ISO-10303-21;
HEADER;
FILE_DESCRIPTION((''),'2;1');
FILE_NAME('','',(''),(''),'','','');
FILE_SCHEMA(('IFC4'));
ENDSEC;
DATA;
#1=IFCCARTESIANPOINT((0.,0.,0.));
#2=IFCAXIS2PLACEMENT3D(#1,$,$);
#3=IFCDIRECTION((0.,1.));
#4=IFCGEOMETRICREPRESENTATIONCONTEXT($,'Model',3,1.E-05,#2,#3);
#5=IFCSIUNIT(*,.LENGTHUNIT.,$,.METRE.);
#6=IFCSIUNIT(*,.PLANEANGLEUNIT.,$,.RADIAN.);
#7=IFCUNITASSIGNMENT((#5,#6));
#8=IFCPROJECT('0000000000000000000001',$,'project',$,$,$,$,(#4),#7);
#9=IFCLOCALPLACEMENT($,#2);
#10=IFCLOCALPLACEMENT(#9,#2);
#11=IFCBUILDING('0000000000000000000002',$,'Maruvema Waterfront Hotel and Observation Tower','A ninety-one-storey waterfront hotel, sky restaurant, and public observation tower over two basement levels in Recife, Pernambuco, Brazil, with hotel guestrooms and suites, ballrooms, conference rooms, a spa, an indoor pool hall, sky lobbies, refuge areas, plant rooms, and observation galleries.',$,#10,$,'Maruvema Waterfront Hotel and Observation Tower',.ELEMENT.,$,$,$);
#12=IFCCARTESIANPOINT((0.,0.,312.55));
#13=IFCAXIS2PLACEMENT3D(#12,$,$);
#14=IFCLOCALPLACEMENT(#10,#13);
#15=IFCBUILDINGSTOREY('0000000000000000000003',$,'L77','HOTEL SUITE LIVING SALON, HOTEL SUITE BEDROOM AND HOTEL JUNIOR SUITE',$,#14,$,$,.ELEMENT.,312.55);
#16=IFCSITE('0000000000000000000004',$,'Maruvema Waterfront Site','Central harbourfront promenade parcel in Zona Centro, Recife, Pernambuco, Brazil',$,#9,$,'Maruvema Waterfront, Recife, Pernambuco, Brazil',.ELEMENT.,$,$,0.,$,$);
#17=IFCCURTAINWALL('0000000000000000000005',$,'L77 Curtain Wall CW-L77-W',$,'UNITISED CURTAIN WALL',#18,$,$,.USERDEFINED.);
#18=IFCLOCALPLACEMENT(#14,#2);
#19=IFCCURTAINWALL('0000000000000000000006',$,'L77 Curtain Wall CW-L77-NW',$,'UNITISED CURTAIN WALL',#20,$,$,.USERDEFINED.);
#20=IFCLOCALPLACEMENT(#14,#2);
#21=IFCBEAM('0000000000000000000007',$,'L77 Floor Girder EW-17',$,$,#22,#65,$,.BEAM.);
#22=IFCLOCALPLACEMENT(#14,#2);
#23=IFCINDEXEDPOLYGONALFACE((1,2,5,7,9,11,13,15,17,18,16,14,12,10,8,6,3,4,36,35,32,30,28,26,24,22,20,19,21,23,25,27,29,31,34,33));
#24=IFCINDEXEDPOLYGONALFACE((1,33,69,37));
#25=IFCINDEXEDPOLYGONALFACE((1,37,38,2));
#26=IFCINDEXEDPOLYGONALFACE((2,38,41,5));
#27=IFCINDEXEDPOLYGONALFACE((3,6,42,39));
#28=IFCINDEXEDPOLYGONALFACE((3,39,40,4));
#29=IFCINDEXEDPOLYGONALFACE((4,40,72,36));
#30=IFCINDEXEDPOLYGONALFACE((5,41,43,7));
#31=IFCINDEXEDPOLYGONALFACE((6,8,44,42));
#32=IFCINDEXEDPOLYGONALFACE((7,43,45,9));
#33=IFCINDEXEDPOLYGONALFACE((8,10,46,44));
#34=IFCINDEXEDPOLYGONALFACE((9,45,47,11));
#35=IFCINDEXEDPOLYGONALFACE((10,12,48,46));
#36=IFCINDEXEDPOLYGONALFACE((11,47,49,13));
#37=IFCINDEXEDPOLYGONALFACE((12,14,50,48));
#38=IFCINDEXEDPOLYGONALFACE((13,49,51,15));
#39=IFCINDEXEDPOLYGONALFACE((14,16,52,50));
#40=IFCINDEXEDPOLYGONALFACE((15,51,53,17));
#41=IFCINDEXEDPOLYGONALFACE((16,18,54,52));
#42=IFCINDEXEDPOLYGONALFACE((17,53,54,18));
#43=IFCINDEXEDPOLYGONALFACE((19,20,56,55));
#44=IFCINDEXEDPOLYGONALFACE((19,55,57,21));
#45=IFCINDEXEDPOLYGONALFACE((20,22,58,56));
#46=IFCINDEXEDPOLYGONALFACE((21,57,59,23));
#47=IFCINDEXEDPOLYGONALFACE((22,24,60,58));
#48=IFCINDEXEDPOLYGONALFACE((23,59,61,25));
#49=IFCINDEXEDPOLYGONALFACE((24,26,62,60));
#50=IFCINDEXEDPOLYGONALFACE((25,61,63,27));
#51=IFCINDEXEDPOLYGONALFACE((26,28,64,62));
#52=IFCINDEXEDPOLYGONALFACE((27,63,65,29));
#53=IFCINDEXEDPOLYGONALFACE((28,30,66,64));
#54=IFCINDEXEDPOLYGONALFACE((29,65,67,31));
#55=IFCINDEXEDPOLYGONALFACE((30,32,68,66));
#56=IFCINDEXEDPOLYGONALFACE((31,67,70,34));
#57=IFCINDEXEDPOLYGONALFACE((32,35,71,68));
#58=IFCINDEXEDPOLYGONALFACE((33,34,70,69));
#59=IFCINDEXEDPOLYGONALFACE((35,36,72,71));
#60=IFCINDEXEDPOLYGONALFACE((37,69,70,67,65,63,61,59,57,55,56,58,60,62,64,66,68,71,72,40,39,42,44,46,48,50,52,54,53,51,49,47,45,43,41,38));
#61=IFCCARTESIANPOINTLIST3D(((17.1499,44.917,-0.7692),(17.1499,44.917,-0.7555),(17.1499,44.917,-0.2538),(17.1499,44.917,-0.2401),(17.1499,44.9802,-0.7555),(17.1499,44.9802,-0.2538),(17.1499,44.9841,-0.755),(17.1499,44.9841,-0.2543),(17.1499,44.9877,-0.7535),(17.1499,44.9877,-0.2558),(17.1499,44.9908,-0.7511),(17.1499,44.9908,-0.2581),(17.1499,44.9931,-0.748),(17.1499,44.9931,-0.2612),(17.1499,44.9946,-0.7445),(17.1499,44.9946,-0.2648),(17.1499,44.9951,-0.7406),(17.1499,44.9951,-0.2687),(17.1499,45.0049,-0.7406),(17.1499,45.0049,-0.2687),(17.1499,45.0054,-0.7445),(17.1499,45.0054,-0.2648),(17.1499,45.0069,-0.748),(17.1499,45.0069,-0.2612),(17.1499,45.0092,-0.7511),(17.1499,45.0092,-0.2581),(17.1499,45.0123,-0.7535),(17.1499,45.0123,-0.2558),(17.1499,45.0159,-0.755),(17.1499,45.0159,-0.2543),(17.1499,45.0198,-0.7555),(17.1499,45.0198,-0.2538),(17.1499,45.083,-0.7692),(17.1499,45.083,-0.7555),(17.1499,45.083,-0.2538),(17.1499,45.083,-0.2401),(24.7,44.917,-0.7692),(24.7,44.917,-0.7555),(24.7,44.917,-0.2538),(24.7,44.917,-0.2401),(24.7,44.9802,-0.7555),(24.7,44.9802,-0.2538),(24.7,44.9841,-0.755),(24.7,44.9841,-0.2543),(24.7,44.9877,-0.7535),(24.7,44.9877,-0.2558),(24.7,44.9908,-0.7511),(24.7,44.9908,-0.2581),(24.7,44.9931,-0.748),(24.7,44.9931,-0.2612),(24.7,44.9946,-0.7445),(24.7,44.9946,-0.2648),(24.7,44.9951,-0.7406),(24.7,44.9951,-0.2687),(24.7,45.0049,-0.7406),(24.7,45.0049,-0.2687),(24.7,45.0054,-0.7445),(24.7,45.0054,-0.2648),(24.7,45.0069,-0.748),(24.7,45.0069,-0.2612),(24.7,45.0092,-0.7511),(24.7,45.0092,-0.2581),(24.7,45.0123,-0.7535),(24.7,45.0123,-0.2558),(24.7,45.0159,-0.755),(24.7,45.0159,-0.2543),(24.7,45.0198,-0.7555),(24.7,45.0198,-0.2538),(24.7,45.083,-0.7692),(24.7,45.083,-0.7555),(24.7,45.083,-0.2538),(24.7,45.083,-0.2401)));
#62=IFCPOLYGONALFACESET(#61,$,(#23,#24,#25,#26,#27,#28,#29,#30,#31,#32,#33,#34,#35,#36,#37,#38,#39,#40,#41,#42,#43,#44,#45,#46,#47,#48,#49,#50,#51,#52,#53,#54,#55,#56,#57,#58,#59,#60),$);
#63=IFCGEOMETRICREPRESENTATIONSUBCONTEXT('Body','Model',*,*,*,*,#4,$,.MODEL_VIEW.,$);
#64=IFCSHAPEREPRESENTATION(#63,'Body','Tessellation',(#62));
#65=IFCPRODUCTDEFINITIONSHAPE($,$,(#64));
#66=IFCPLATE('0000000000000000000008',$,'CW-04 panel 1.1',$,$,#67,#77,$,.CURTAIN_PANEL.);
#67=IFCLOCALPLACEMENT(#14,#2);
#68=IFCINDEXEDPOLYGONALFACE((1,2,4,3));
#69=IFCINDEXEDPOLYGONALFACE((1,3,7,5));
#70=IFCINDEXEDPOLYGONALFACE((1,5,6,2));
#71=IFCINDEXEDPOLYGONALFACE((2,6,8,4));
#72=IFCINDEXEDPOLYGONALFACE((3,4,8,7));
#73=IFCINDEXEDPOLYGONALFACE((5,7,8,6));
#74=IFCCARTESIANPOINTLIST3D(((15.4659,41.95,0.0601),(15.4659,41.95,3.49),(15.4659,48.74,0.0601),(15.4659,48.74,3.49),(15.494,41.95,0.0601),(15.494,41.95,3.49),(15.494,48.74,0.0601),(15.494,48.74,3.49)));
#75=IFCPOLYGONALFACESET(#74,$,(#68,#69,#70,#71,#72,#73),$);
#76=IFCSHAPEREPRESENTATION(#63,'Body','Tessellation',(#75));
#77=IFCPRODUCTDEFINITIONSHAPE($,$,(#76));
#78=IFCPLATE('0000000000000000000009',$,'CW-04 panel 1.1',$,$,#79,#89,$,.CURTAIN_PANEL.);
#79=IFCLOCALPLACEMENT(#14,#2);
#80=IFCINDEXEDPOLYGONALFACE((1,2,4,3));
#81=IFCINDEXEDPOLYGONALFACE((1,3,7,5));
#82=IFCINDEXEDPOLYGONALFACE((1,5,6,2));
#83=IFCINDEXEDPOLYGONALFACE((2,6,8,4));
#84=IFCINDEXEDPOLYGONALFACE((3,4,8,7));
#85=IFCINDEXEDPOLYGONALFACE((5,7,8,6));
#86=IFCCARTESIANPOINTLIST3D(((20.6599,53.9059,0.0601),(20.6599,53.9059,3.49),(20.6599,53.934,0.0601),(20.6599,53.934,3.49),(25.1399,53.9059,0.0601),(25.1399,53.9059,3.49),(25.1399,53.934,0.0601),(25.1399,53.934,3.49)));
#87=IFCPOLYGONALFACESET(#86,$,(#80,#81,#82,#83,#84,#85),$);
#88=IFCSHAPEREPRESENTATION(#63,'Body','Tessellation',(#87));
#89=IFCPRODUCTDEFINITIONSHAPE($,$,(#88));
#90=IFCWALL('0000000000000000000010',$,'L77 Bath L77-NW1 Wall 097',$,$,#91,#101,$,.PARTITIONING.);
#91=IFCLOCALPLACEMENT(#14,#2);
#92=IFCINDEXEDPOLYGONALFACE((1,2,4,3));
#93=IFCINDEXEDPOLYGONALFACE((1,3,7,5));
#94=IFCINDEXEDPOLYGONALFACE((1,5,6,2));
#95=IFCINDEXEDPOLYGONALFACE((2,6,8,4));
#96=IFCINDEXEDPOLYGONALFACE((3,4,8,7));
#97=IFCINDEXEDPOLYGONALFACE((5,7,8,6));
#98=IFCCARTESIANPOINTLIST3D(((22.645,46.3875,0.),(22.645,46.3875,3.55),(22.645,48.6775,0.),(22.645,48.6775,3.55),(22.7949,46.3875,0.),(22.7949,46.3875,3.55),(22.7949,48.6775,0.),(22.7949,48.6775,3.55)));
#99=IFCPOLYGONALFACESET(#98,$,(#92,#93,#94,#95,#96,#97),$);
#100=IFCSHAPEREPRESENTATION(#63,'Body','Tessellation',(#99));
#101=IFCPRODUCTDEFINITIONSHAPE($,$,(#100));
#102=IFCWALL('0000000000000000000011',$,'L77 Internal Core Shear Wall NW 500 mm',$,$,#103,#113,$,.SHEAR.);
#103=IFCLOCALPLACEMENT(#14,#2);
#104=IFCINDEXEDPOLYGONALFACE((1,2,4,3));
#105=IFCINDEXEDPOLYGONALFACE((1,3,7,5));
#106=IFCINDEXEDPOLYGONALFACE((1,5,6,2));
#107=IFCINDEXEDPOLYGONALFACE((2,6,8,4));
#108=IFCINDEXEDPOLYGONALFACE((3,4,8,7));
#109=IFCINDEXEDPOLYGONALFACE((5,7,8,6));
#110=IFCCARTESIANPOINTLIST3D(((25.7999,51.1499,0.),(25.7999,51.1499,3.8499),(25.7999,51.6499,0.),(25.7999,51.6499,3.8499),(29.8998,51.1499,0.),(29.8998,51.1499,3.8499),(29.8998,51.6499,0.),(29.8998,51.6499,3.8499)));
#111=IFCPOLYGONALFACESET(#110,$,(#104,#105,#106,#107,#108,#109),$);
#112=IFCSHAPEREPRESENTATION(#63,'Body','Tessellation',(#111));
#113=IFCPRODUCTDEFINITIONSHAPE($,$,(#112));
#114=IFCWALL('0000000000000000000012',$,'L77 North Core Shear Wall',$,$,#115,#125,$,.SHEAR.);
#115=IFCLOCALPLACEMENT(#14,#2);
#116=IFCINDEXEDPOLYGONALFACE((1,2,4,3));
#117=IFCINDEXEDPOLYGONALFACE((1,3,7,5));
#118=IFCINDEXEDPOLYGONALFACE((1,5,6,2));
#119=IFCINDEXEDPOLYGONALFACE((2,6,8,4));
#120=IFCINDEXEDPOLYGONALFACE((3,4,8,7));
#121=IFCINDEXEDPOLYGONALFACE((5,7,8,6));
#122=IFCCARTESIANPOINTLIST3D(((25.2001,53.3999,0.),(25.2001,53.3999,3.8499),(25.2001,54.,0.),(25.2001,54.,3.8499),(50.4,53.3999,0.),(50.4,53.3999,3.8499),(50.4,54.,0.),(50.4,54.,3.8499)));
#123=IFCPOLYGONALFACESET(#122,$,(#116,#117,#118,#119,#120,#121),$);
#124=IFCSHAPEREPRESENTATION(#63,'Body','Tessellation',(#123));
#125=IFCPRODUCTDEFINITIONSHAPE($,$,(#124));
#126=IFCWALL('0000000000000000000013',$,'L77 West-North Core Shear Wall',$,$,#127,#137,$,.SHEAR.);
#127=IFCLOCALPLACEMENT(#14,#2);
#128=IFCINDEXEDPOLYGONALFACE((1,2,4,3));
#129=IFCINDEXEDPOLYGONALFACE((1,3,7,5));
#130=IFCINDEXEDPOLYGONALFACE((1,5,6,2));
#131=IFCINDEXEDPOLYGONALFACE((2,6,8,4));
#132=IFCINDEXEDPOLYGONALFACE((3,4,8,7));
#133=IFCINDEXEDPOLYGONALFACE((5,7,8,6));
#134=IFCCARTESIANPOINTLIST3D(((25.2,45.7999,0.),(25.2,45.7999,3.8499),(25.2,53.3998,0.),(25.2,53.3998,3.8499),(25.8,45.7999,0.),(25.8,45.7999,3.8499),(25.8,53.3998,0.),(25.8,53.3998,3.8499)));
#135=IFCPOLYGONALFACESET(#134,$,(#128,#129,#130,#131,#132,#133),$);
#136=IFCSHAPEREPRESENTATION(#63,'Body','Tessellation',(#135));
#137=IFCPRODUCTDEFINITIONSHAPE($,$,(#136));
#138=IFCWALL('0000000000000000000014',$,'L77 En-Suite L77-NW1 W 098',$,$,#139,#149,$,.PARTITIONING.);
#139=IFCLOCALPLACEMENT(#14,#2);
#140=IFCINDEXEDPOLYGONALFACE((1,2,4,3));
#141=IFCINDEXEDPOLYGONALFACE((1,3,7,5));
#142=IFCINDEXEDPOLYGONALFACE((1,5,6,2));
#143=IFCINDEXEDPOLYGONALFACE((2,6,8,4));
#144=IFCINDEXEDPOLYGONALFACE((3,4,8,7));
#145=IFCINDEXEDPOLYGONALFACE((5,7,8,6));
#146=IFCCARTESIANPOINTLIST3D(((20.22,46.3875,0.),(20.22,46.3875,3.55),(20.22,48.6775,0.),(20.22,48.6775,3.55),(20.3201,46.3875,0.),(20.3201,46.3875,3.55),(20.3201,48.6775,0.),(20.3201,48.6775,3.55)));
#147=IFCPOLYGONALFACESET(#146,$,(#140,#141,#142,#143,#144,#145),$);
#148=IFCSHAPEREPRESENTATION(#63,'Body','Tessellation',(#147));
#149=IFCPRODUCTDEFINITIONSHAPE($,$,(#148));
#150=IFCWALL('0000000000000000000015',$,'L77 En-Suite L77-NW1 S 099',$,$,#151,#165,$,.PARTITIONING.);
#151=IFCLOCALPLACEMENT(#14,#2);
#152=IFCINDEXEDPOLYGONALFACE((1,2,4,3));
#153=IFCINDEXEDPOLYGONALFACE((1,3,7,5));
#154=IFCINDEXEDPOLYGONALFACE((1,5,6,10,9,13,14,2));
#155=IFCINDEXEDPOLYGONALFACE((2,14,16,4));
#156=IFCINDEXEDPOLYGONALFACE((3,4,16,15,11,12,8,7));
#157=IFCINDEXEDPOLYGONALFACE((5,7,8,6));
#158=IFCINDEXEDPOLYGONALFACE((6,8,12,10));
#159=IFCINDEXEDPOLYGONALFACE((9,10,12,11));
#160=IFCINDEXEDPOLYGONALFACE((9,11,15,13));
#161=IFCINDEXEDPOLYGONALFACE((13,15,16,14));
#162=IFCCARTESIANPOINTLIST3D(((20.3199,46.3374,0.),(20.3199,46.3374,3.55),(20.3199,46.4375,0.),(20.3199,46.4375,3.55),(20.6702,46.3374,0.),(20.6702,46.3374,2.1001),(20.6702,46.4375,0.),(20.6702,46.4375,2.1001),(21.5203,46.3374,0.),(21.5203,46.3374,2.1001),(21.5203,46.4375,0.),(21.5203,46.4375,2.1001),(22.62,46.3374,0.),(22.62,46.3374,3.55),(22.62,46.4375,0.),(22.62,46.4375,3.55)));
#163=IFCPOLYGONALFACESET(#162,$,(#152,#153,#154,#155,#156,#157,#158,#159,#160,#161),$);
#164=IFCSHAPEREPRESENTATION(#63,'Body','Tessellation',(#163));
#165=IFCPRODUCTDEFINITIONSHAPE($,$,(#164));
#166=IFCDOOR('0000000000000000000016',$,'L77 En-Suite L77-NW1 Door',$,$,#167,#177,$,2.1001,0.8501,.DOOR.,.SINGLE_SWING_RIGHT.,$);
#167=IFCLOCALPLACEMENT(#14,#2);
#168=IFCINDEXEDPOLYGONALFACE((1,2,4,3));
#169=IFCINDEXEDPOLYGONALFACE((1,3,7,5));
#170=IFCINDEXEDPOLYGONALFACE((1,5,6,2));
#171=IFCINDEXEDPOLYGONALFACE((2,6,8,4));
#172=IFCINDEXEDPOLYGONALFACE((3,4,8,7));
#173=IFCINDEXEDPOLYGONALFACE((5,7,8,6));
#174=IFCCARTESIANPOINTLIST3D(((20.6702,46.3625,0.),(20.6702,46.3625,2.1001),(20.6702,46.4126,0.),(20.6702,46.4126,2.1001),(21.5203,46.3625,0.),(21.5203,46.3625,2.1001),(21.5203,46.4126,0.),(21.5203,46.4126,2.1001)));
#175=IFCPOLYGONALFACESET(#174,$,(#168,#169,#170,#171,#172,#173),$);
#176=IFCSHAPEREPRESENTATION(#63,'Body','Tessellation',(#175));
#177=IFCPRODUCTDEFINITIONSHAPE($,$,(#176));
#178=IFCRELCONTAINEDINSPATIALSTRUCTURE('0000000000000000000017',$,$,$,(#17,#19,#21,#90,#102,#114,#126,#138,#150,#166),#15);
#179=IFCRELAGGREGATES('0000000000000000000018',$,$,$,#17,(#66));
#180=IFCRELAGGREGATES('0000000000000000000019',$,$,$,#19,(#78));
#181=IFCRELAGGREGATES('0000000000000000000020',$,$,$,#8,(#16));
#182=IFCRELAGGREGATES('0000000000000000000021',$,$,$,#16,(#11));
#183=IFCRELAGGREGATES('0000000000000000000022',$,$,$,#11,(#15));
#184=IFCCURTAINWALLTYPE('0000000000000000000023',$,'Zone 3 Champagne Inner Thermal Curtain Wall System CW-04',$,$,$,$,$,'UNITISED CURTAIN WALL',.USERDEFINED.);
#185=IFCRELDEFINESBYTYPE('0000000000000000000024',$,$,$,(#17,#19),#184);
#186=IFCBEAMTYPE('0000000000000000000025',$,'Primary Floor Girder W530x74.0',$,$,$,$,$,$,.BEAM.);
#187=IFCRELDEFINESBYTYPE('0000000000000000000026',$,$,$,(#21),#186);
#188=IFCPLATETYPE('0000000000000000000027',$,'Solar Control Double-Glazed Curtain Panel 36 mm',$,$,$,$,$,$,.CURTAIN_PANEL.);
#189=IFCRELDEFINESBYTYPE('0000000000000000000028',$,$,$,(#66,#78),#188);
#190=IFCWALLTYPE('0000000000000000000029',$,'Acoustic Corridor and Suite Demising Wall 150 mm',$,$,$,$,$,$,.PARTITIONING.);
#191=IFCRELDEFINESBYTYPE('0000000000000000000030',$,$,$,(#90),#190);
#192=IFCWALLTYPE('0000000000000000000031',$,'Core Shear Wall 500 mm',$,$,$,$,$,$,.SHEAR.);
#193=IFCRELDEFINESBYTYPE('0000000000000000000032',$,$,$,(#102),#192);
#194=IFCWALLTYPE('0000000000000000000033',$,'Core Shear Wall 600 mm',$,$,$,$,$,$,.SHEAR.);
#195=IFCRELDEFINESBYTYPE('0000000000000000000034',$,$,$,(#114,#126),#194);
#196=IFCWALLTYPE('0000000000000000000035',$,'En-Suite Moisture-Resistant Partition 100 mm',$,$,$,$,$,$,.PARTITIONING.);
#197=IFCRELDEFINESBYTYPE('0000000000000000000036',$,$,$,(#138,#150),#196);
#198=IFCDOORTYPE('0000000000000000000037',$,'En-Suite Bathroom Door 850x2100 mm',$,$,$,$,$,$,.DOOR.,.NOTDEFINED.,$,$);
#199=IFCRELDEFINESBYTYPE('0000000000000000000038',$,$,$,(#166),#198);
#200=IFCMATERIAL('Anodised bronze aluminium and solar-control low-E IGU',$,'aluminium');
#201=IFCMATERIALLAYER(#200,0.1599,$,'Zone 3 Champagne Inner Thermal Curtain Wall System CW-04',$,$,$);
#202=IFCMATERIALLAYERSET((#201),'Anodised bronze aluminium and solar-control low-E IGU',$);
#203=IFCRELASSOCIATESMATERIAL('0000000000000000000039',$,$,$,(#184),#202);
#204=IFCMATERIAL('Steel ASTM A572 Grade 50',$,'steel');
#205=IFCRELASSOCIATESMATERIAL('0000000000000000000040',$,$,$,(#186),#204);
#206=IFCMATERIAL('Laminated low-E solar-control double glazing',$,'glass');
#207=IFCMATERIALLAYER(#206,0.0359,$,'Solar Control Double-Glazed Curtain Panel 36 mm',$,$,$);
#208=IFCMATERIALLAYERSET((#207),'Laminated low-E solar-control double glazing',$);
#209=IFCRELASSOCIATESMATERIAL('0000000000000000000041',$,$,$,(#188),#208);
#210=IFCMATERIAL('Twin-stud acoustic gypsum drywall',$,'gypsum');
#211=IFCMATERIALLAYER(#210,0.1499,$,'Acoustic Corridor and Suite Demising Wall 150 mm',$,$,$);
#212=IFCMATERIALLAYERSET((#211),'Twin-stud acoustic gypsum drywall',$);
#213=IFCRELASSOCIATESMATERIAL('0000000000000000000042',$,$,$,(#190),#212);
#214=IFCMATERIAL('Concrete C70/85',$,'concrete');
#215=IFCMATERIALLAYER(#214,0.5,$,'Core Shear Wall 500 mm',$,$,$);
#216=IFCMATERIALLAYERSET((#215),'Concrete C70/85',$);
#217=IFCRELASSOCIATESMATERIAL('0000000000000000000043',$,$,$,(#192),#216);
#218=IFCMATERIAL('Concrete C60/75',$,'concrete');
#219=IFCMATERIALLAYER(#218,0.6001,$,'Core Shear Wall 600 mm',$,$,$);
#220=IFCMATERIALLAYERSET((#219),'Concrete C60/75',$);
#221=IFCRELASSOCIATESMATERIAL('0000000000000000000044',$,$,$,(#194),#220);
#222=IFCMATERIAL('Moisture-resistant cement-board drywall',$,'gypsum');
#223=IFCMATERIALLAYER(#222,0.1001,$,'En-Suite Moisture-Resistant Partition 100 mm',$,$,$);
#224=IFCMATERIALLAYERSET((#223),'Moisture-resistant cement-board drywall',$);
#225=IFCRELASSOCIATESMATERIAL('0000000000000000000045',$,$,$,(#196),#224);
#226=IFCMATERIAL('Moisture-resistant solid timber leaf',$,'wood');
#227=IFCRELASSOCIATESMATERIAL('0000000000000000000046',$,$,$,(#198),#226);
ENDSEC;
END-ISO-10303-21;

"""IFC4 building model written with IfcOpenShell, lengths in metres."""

from ifc_helpers import new_model, si_unit, direction, frame, frame_2d, origin, origin_2d, place, context, subcontext, project, spatial, rectangle, i_section, extrude, material, layer, layer_set, material_profile, profile_set, type_object, element, fill, aggregate, save


model = new_model("IFC4")

# Units and contexts
model_context = context("Model", 3, precision=1e-05, world=origin(), true_north=direction((0.0, 1.0)))
body_context = subcontext(model_context, "Body", "Model", "MODEL_VIEW")
ifc_project = project(units=[si_unit("LENGTHUNIT", "METRE"), si_unit("PLANEANGLEUNIT", "RADIAN")], contexts=[model_context])

# Site, building, storey
site_placement = place(None, origin())
site = spatial("IfcSite", under=ifc_project, at=site_placement, Name="Maruvema Waterfront Site", Description="Central harbourfront promenade parcel in Zona Centro, Recife, Pernambuco, Brazil", LongName="Maruvema Waterfront, Recife, Pernambuco, Brazil", CompositionType="ELEMENT", RefElevation=0.0)
building_placement = place(site_placement, origin())
building = spatial("IfcBuilding", under=site, at=building_placement, Name="Maruvema Waterfront Hotel and Observation Tower", Description="A ninety-one-storey waterfront hotel, sky restaurant, and public observation tower over two basement levels in Recife, Pernambuco, Brazil, with hotel guestrooms and suites, ballrooms, conference rooms, a spa, an indoor pool hall, sky lobbies, refuge areas, plant rooms, and observation galleries.", LongName="Maruvema Waterfront Hotel and Observation Tower", CompositionType="ELEMENT")
storey_placement = place(building_placement, frame((0.0, 0.0, 312.55)))
storey = spatial("IfcBuildingStorey", under=building, at=storey_placement, Name="L77", Description="HOTEL SUITE LIVING SALON, HOTEL SUITE BEDROOM AND HOTEL JUNIOR SUITE", CompositionType="ELEMENT", Elevation=312.55)

# Curtain walls
ifc_material_1 = material(Name="Anodised bronze aluminium and solar-control low-E IGU", Category="aluminium")
ifc_layer_1 = layer(ifc_material_1, 0.1599, Name="Zone 3 Champagne Inner Thermal Curtain Wall System CW-04")
ifc_layer_set_1 = layer_set([ifc_layer_1], Name="Anodised bronze aluminium and solar-control low-E IGU")
curtain_wall_type = type_object("IfcCurtainWallType", Name="Zone 3 Champagne Inner Thermal Curtain Wall System CW-04", ElementType="UNITISED CURTAIN WALL", PredefinedType="USERDEFINED", material=ifc_layer_set_1)
curtain_wall_1_placement = place(storey_placement, origin())
curtain_wall_1 = element("IfcCurtainWall", 1, at=curtain_wall_1_placement, inside=storey, type_object=curtain_wall_type, Name="L77 Curtain Wall CW-L77-W", ObjectType="UNITISED CURTAIN WALL", PredefinedType="USERDEFINED")
curtain_wall_2_placement = place(storey_placement, origin())
curtain_wall_2 = element("IfcCurtainWall", 2, at=curtain_wall_2_placement, inside=storey, type_object=curtain_wall_type, Name="L77 Curtain Wall CW-L77-NW", ObjectType="UNITISED CURTAIN WALL", PredefinedType="USERDEFINED")

# Beam
ifc_material_2 = material(Name="Steel ASTM A572 Grade 50", Category="steel")
ifc_material_profile_1 = material_profile(ifc_material_2, i_section(OverallWidth=0.166, OverallDepth=0.5291, WebThickness=0.0098, FlangeThickness=0.0137, FilletRadius=0.0149, at=origin_2d()), Name="W530x74.0")
ifc_profile_set_1 = profile_set([ifc_material_profile_1], Name="Steel ASTM A572 Grade 50")
beam_type = type_object("IfcBeamType", Name="Primary Floor Girder W530x74.0", PredefinedType="BEAM", material=ifc_profile_set_1)
beam_placement = place(storey_placement, frame((17.1499, 45.0, -0.5046), z_axis=(1.0, 0.0, 0.0), x_axis=(0.0, 1.0, 0.0)))
element("IfcBeam", 3, at=beam_placement, inside=storey, type_object=beam_type, Name="L77 Floor Girder EW-17", PredefinedType="BEAM", context=body_context, shape_type="SweptSolid", body=[
    extrude(i_section(OverallWidth=0.166, OverallDepth=0.5291, WebThickness=0.0098, FlangeThickness=0.0137, FilletRadius=0.0149, at=origin_2d()), origin(), (0.0, 0.0, 1.0), 7.55),
])

# Plates
ifc_material_3 = material(Name="Laminated low-E solar-control double glazing", Category="glass")
ifc_layer_2 = layer(ifc_material_3, 0.0359, Name="Solar Control Double-Glazed Curtain Panel 36 mm")
ifc_layer_set_2 = layer_set([ifc_layer_2], Name="Laminated low-E solar-control double glazing")
plate_type = type_object("IfcPlateType", Name="Solar Control Double-Glazed Curtain Panel 36 mm", PredefinedType="CURTAIN_PANEL", material=ifc_layer_set_2)
plate_1_placement = place(storey_placement, frame((15.48, 45.345, 0.0601), z_axis=(0.0, 0.0, 1.0), x_axis=(0.0, -1.0, 0.0)))
plate_1 = element("IfcPlate", 4, at=plate_1_placement, type_object=plate_type, Name="CW-04 panel 1.1", PredefinedType="CURTAIN_PANEL", context=body_context, shape_type="SweptSolid", body=[
    extrude(rectangle(XDim=6.79, YDim=0.0281, at=origin_2d()), origin(), (0.0, 0.0, 1.0), 3.4299),
])
aggregate(curtain_wall_1, [plate_1])
plate_2_placement = place(storey_placement, frame((22.8999, 53.9199, 0.0601), z_axis=(0.0, 0.0, 1.0), x_axis=(-1.0, 0.0, 0.0)))
plate_2 = element("IfcPlate", 5, at=plate_2_placement, type_object=plate_type, Name="CW-04 panel 1.1", PredefinedType="CURTAIN_PANEL", context=body_context, shape_type="SweptSolid", body=[
    extrude(rectangle(XDim=4.48, YDim=0.0281, at=origin_2d()), origin(), (0.0, 0.0, 1.0), 3.4299),
])
aggregate(curtain_wall_2, [plate_2])

# Walls
ifc_material_4 = material(Name="Twin-stud acoustic gypsum drywall", Category="gypsum")
ifc_layer_3 = layer(ifc_material_4, 0.1499, Name="Acoustic Corridor and Suite Demising Wall 150 mm")
ifc_layer_set_3 = layer_set([ifc_layer_3], Name="Twin-stud acoustic gypsum drywall")
wall_type_1 = type_object("IfcWallType", Name="Acoustic Corridor and Suite Demising Wall 150 mm", PredefinedType="PARTITIONING", material=ifc_layer_set_3)
wall_1_placement = place(storey_placement, frame((22.72, 46.3875, 0.0), z_axis=(0.0, 0.0, 1.0), x_axis=(0.0, 1.0, 0.0)))
element("IfcWall", 6, at=wall_1_placement, inside=storey, type_object=wall_type_1, Name="L77 Bath L77-NW1 Wall 097", PredefinedType="PARTITIONING", context=body_context, shape_type="SweptSolid", body=[
    extrude(rectangle(XDim=2.29, YDim=0.1499, at=frame_2d((1.145, 0.0))), origin(), (0.0, 0.0, 1.0), 3.55),
])
ifc_material_5 = material(Name="Concrete C70/85", Category="concrete")
ifc_layer_4 = layer(ifc_material_5, 0.5, Name="Core Shear Wall 500 mm")
ifc_layer_set_4 = layer_set([ifc_layer_4], Name="Concrete C70/85")
wall_type_2 = type_object("IfcWallType", Name="Core Shear Wall 500 mm", PredefinedType="SHEAR", material=ifc_layer_set_4)
wall_2_placement = place(storey_placement, frame((25.8, 51.3999, 0.0), z_axis=(0.0, 0.0, 1.0), x_axis=(1.0, 0.0, 0.0)))
element("IfcWall", 7, at=wall_2_placement, inside=storey, type_object=wall_type_2, Name="L77 Internal Core Shear Wall NW 500 mm", PredefinedType="SHEAR", context=body_context, shape_type="SweptSolid", body=[
    extrude(rectangle(XDim=4.0999, YDim=0.5, at=frame_2d((2.0498, 0.0))), origin(), (0.0, 0.0, 1.0), 3.8499),
])
ifc_material_6 = material(Name="Concrete C60/75", Category="concrete")
ifc_layer_5 = layer(ifc_material_6, 0.6001, Name="Core Shear Wall 600 mm")
ifc_layer_set_5 = layer_set([ifc_layer_5], Name="Concrete C60/75")
wall_type_3 = type_object("IfcWallType", Name="Core Shear Wall 600 mm", PredefinedType="SHEAR", material=ifc_layer_set_5)
wall_3_placement = place(storey_placement, frame((25.2, 53.7, 0.0), z_axis=(0.0, 0.0, 1.0), x_axis=(1.0, 0.0, 0.0)))
element("IfcWall", 8, at=wall_3_placement, inside=storey, type_object=wall_type_3, Name="L77 North Core Shear Wall", PredefinedType="SHEAR", context=body_context, shape_type="SweptSolid", body=[
    extrude(rectangle(XDim=25.2, YDim=0.6001, at=frame_2d((12.6001, 0.0))), origin(), (0.0, 0.0, 1.0), 3.8499),
])
wall_4_placement = place(storey_placement, frame((25.5, 45.8, 0.0), z_axis=(0.0, 0.0, 1.0), x_axis=(0.0, 1.0, 0.0)))
element("IfcWall", 9, at=wall_4_placement, inside=storey, type_object=wall_type_3, Name="L77 West-North Core Shear Wall", PredefinedType="SHEAR", context=body_context, shape_type="SweptSolid", body=[
    extrude(rectangle(XDim=7.5999, YDim=0.6001, at=frame_2d((3.7998, 0.0))), origin(), (0.0, 0.0, 1.0), 3.8499),
])
ifc_material_7 = material(Name="Moisture-resistant cement-board drywall", Category="gypsum")
ifc_layer_6 = layer(ifc_material_7, 0.1001, Name="En-Suite Moisture-Resistant Partition 100 mm")
ifc_layer_set_6 = layer_set([ifc_layer_6], Name="Moisture-resistant cement-board drywall")
wall_type_4 = type_object("IfcWallType", Name="En-Suite Moisture-Resistant Partition 100 mm", PredefinedType="PARTITIONING", material=ifc_layer_set_6)
wall_5_placement = place(storey_placement, frame((20.27, 46.3875, 0.0), z_axis=(0.0, 0.0, 1.0), x_axis=(0.0, 1.0, 0.0)))
element("IfcWall", 10, at=wall_5_placement, inside=storey, type_object=wall_type_4, Name="L77 En-Suite L77-NW1 W 098", PredefinedType="PARTITIONING", context=body_context, shape_type="SweptSolid", body=[
    extrude(rectangle(XDim=2.29, YDim=0.1001, at=frame_2d((1.145, 0.0))), origin(), (0.0, 0.0, 1.0), 3.55),
])

# Wall, opening, door
wall_6_placement = place(storey_placement, frame((20.3201, 46.3875, 0.0), z_axis=(0.0, 0.0, 1.0), x_axis=(1.0, 0.0, 0.0)))
wall_6 = element("IfcWall", 11, at=wall_6_placement, inside=storey, type_object=wall_type_4, Name="L77 En-Suite L77-NW1 S 099", PredefinedType="PARTITIONING", context=body_context, shape_type="SweptSolid", body=[
    extrude(rectangle(XDim=2.3, YDim=0.1001, at=frame_2d((1.1499, 0.0))), origin(), (0.0, 0.0, 1.0), 3.55),
])
opening_placement = place(wall_6_placement, frame((0.3501, 0.0, 0.0)))
opening = element("IfcOpeningElement", 12, at=opening_placement, cuts=wall_6, PredefinedType="OPENING", context=body_context, shape_type="SweptSolid", body=[
    extrude(rectangle(XDim=0.8501, YDim=2.1001, at=frame_2d((0.425, 1.05))), frame((0.0, 0.0601, 0.0), z_axis=(0.0, -1.0, 0.0), x_axis=(1.0, 0.0, 0.0)), (0.0, 0.0, 1.0), 0.1201),
])
ifc_material_8 = material(Name="Moisture-resistant solid timber leaf", Category="wood")
door_type = type_object("IfcDoorType", Name="En-Suite Bathroom Door 850x2100 mm", OperationType="NOTDEFINED", PredefinedType="DOOR", material=ifc_material_8)
door_placement = place(opening_placement, frame((0.8501, 0.0, 0.0), z_axis=(0.0, 0.0, 1.0), x_axis=(-1.0, 0.0, 0.0)))
door = element("IfcDoor", 13, at=door_placement, inside=storey, type_object=door_type, Name="L77 En-Suite L77-NW1 Door", OperationType="SINGLE_SWING_RIGHT", OverallHeight=2.1001, OverallWidth=0.8501, PredefinedType="DOOR", context=body_context, shape_type="SweptSolid", body=[
    extrude(rectangle(XDim=0.8501, YDim=2.1001, at=frame_2d((0.425, 1.05))), frame((0.0, 0.0249, 0.0), z_axis=(0.0, -1.0, 0.0), x_axis=(1.0, 0.0, 0.0)), (0.0, 0.0, 1.0), 0.05),
])
fill(opening, door)

save(model, "model.ifc")
